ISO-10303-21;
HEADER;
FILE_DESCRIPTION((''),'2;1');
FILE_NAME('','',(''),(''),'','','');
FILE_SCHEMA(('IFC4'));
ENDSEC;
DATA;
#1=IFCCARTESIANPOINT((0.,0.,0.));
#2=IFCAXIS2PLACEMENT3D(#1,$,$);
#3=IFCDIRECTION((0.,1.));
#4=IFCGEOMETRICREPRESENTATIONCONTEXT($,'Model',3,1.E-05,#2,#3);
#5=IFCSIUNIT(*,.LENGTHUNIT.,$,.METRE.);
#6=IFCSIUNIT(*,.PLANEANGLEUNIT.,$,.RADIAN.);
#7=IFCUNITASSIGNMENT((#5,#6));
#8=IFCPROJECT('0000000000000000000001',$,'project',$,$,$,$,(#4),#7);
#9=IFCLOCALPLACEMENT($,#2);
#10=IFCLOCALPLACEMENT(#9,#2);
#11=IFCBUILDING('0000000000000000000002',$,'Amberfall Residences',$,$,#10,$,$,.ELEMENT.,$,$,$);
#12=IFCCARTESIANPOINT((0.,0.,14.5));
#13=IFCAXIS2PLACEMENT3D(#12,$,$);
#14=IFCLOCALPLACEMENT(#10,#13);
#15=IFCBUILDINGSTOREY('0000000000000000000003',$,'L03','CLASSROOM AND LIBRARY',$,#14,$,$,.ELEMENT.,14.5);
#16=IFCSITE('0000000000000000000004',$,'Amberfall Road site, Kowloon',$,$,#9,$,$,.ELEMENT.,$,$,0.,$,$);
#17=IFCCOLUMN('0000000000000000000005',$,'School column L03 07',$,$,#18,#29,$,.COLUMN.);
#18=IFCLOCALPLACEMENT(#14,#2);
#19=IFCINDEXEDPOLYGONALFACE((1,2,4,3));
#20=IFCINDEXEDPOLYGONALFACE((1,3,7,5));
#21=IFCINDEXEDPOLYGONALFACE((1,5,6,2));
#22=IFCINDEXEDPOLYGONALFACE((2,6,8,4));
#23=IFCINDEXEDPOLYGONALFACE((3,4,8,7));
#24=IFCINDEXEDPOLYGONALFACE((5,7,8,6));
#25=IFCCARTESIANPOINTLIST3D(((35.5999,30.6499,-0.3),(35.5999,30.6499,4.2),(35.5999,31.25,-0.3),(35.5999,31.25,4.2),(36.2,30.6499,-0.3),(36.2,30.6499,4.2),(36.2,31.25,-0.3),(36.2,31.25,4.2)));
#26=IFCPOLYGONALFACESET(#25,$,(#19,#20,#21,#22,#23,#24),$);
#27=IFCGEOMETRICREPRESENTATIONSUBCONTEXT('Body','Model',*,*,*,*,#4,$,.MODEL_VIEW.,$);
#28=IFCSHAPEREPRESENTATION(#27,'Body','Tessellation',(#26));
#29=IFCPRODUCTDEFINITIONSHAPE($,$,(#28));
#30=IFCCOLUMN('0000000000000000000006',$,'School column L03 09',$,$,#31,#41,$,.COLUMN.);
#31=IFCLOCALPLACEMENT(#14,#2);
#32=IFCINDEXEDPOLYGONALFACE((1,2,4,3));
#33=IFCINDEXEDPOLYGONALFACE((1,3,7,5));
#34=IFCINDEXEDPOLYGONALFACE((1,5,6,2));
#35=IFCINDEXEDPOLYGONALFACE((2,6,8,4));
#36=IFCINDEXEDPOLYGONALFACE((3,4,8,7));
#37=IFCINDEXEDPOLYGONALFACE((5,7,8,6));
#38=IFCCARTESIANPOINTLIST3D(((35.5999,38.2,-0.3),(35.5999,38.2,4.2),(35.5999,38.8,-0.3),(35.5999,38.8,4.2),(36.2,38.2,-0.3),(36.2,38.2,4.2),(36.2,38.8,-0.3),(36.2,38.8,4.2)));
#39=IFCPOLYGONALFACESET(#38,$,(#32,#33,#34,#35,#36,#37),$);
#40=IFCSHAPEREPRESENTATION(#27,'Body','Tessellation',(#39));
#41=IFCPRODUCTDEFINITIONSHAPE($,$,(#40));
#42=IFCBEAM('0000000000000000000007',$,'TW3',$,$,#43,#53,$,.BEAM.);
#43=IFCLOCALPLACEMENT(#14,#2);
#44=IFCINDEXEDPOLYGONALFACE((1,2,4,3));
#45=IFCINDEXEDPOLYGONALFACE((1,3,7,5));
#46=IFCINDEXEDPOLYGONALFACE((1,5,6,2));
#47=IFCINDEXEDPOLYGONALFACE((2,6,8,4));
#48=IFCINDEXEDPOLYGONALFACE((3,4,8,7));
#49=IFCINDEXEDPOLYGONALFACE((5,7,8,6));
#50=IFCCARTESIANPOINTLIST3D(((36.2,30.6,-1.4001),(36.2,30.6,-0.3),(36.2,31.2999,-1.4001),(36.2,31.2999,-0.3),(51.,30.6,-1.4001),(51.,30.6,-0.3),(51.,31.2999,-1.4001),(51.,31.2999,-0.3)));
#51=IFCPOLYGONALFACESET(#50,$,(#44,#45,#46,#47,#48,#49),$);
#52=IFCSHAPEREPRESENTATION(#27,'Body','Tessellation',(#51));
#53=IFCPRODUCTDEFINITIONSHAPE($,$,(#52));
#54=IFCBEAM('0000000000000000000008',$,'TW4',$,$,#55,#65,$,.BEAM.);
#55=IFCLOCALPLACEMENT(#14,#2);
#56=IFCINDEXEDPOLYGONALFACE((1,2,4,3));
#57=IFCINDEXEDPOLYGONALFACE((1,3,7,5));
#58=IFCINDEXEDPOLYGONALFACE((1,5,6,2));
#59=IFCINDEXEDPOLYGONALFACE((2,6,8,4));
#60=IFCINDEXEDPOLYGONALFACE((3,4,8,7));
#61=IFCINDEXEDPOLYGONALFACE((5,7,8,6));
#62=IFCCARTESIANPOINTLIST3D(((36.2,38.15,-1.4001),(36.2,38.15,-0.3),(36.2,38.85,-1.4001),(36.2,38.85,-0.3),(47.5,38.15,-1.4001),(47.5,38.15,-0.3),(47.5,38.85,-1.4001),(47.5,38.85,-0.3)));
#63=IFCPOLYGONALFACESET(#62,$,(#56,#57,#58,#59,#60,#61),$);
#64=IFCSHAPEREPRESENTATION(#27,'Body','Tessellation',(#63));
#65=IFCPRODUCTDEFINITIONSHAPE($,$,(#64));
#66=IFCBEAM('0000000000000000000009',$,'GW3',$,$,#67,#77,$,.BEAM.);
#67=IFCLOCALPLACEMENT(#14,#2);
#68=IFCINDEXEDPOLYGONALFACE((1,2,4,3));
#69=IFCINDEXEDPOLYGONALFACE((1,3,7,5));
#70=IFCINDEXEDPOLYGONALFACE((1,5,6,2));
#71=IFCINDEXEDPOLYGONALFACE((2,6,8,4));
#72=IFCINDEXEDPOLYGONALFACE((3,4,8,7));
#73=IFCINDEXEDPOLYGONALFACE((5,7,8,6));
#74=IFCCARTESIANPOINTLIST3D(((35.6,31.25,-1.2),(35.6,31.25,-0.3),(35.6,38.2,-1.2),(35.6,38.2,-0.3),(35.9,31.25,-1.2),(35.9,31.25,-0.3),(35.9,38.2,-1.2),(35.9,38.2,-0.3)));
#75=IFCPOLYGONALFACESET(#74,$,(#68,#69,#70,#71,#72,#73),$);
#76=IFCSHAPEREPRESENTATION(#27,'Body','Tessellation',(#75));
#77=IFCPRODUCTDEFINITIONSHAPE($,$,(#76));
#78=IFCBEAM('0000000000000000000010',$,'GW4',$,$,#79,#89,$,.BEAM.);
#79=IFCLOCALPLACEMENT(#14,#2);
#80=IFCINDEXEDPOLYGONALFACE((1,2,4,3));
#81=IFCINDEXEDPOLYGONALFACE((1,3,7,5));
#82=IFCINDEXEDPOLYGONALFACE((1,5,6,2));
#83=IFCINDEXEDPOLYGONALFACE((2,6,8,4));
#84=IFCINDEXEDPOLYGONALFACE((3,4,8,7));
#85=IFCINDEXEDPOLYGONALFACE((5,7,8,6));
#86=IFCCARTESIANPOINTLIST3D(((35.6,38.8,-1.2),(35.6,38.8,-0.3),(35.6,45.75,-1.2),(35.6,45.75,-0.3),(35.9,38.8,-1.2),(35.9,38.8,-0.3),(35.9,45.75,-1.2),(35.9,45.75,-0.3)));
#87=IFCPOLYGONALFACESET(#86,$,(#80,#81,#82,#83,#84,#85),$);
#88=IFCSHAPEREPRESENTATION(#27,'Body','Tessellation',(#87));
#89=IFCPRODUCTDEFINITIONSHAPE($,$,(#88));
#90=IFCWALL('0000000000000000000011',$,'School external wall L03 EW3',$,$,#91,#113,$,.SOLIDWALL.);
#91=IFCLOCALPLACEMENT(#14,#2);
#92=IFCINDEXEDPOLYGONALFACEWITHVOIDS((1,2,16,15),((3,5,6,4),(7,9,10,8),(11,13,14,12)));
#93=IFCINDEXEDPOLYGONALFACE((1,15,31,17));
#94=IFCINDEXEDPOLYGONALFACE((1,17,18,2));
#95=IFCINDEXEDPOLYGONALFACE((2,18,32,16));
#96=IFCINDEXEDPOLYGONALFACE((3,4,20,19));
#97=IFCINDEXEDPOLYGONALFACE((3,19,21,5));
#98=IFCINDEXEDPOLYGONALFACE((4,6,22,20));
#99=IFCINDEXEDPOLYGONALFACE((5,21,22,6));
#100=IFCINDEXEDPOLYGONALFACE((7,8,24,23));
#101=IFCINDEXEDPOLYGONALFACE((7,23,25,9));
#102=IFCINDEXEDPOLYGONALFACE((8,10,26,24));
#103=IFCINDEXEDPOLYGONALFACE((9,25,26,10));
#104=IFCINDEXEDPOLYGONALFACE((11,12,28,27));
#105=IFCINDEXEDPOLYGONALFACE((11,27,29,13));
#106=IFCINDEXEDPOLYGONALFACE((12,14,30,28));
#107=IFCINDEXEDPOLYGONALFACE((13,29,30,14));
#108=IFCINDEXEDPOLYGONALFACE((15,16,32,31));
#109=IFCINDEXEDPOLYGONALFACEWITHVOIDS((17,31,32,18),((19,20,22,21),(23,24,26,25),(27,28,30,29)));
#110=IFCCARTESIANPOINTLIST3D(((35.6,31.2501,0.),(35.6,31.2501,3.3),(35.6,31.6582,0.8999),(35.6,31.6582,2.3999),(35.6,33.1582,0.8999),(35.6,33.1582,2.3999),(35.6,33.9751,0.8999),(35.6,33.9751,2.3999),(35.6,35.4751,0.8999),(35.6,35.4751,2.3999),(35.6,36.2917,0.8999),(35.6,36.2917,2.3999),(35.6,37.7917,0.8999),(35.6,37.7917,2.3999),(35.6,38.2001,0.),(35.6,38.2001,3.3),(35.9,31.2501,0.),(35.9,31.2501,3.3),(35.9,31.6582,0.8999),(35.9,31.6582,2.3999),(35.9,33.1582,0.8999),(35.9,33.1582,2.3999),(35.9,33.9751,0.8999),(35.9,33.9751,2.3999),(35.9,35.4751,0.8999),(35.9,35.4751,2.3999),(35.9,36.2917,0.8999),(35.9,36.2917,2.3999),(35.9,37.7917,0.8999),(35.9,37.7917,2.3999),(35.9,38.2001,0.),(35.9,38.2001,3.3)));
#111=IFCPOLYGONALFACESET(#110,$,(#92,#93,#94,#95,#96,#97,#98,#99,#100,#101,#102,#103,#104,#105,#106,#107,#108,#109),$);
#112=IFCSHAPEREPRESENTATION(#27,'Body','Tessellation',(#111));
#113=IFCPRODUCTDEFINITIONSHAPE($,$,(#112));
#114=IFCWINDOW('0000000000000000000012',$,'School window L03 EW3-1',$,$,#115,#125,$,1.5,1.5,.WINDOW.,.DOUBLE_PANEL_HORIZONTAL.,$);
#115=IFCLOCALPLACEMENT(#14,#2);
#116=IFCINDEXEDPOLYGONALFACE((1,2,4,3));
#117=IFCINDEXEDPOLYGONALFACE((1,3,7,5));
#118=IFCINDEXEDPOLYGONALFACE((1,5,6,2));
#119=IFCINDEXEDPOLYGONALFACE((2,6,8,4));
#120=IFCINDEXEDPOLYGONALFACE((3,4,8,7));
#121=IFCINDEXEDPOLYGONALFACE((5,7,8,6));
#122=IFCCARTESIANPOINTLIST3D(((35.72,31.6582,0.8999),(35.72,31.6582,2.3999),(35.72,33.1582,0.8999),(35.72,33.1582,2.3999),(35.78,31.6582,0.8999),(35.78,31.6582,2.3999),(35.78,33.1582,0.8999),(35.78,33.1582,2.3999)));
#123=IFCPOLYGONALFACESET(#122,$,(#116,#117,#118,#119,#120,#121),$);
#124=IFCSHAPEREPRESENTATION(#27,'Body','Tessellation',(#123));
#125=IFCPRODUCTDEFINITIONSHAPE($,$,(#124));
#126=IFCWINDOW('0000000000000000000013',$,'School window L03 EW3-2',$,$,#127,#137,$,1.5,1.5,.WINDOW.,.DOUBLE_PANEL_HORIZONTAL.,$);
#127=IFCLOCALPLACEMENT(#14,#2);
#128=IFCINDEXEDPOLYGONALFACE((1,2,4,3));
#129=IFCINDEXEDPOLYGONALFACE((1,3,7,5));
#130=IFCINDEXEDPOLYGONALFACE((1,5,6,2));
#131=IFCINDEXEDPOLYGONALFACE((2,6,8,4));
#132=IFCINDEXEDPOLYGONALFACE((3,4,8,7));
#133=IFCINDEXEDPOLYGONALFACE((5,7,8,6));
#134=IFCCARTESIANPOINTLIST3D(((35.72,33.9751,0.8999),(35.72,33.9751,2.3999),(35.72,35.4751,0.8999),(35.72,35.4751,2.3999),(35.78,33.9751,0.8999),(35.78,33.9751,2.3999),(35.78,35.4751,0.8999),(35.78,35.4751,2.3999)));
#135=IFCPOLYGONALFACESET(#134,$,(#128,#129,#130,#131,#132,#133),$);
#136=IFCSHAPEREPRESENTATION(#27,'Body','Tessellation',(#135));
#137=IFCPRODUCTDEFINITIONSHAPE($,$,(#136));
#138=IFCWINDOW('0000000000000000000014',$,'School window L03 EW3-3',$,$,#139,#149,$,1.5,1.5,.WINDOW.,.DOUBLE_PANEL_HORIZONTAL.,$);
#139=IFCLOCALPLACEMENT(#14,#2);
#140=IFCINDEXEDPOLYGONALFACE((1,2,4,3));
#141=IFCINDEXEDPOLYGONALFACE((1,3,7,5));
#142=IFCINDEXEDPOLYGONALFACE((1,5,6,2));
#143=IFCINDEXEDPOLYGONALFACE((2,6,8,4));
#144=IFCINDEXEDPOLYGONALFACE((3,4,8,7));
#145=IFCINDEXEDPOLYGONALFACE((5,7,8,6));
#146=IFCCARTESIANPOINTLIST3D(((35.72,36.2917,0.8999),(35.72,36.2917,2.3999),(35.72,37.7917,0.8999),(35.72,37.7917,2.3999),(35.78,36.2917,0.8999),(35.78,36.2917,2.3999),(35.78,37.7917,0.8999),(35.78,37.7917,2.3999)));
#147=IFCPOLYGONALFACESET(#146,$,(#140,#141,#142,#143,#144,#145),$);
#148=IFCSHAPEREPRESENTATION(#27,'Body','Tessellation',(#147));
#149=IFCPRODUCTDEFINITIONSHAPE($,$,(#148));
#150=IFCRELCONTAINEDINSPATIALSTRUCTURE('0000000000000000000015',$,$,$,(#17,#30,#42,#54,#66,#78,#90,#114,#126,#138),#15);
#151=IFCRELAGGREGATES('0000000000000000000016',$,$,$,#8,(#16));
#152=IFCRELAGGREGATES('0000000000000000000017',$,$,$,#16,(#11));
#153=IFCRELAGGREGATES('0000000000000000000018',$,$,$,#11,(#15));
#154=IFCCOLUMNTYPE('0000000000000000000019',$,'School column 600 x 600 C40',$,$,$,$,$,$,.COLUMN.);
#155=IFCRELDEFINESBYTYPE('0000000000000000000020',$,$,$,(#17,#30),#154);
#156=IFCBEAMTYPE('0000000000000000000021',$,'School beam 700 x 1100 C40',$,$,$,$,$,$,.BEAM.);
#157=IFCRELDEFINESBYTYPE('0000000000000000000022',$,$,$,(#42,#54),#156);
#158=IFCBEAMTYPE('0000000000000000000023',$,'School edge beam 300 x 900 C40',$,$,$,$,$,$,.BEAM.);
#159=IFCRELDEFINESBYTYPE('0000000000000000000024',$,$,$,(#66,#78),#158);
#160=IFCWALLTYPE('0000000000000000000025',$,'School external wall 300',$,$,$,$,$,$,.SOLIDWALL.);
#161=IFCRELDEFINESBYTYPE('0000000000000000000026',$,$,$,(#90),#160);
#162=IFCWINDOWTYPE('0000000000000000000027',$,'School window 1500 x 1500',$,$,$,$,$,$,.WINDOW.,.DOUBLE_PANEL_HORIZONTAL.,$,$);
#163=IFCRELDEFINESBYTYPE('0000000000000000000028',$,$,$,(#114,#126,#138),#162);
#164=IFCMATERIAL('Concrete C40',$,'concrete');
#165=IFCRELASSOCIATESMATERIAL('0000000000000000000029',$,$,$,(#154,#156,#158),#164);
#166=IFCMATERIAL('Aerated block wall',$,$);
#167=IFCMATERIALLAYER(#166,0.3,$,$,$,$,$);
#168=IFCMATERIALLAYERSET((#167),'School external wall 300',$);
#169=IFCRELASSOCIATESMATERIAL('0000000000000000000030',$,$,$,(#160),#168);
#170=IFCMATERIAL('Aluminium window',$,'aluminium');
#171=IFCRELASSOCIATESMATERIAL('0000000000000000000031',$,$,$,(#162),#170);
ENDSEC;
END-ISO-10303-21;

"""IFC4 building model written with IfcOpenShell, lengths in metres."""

from ifc_helpers import new_model, si_unit, direction, frame, frame_2d, origin, origin_2d, place, context, subcontext, project, spatial, rectangle, extrude, material, layer, layer_set, material_profile, profile_set, type_object, element, fill, save


model = new_model("IFC4")

# Units and contexts
model_context = context("Model", 3, precision=1e-05, world=origin(), true_north=direction((0.0, 1.0)))
body_context = subcontext(model_context, "Body", "Model", "MODEL_VIEW")
ifc_project = project(units=[si_unit("LENGTHUNIT", "METRE"), si_unit("PLANEANGLEUNIT", "RADIAN")], contexts=[model_context])

# Site, building, storey
site_placement = place(None, origin())
site = spatial("IfcSite", under=ifc_project, at=site_placement, Name="Amberfall Road site, Kowloon", CompositionType="ELEMENT", RefElevation=0.0)
building_placement = place(site_placement, origin())
building = spatial("IfcBuilding", under=site, at=building_placement, Name="Amberfall Residences", CompositionType="ELEMENT")
storey_placement = place(building_placement, frame((0.0, 0.0, 14.5)))
storey = spatial("IfcBuildingStorey", under=building, at=storey_placement, Name="L03", Description="CLASSROOM AND LIBRARY", CompositionType="ELEMENT", Elevation=14.5)

# Columns
ifc_material_1 = material(Name="Concrete C40", Category="concrete")
ifc_material_profile_1 = material_profile(ifc_material_1, rectangle(XDim=0.6001, YDim=0.6001, at=origin_2d()), Name="School column 600 x 600 C40")
ifc_profile_set_1 = profile_set([ifc_material_profile_1], Name="Concrete C40")
column_type = type_object("IfcColumnType", Name="School column 600 x 600 C40", PredefinedType="COLUMN", material=ifc_profile_set_1)
for number, where, z_axis, x_axis, name in (
    (1, (35.8999, 30.95, -0.3), (0.0, 0.0, 1.0), (1.0, 0.0, 0.0), "School column L03 07"),
    (2, (35.8999, 38.5, -0.3), (0.0, 0.0, 1.0), (1.0, 0.0, 0.0), "School column L03 09"),
):
    element("IfcColumn", number, at=place(storey_placement, frame(where, z_axis=z_axis, x_axis=x_axis)), inside=storey, type_object=column_type, Name=name, PredefinedType="COLUMN", context=body_context, shape_type="SweptSolid", body=[
        extrude(rectangle(XDim=0.6001, YDim=0.6001, at=origin_2d()), origin(), (0.0, 0.0, 1.0), 4.5),
    ])

# Beams
ifc_material_profile_2 = material_profile(ifc_material_1, rectangle(XDim=0.7, YDim=1.1001, at=origin_2d()), Name="School beam 700 x 1100 C40")
ifc_profile_set_2 = profile_set([ifc_material_profile_2], Name="Concrete C40")
beam_type_1 = type_object("IfcBeamType", Name="School beam 700 x 1100 C40", PredefinedType="BEAM", material=ifc_profile_set_2)
beam_1_placement = place(storey_placement, frame((36.2, 30.95, -0.8501), z_axis=(1.0, 0.0, 0.0), x_axis=(0.0, 1.0, 0.0)))
element("IfcBeam", 3, at=beam_1_placement, inside=storey, type_object=beam_type_1, Name="TW3", PredefinedType="BEAM", context=body_context, shape_type="SweptSolid", body=[
    extrude(rectangle(XDim=0.7, YDim=1.1001, at=origin_2d()), origin(), (0.0, 0.0, 1.0), 14.8),
])
beam_2_placement = place(storey_placement, frame((36.2, 38.5, -0.8501), z_axis=(1.0, 0.0, 0.0), x_axis=(0.0, 1.0, 0.0)))
element("IfcBeam", 4, at=beam_2_placement, inside=storey, type_object=beam_type_1, Name="TW4", PredefinedType="BEAM", context=body_context, shape_type="SweptSolid", body=[
    extrude(rectangle(XDim=0.7, YDim=1.1001, at=origin_2d()), origin(), (0.0, 0.0, 1.0), 11.3),
])
ifc_material_profile_3 = material_profile(ifc_material_1, rectangle(XDim=0.3, YDim=0.8999, at=origin_2d()), Name="School edge beam 300 x 900 C40")
ifc_profile_set_3 = profile_set([ifc_material_profile_3], Name="Concrete C40")
beam_type_2 = type_object("IfcBeamType", Name="School edge beam 300 x 900 C40", PredefinedType="BEAM", material=ifc_profile_set_3)
for number, where, z_axis, x_axis, name in (
    (5, (35.75, 31.25, -0.75), (0.0, 1.0, 0.0), (-1.0, 0.0, 0.0), "GW3"),
    (6, (35.75, 38.8, -0.75), (0.0, 1.0, 0.0), (-1.0, 0.0, 0.0), "GW4"),
):
    element("IfcBeam", number, at=place(storey_placement, frame(where, z_axis=z_axis, x_axis=x_axis)), inside=storey, type_object=beam_type_2, Name=name, PredefinedType="BEAM", context=body_context, shape_type="SweptSolid", body=[
        extrude(rectangle(XDim=0.3, YDim=0.8999, at=origin_2d()), origin(), (0.0, 0.0, 1.0), 6.95),
    ])

# Wall, openings, windows
ifc_material_2 = material(Name="Aerated block wall")
ifc_layer_1 = layer(ifc_material_2, 0.3)
ifc_layer_set_1 = layer_set([ifc_layer_1], Name="School external wall 300")
wall_type_1 = type_object("IfcWallType", Name="School external wall 300", PredefinedType="SOLIDWALL", material=ifc_layer_set_1)
wall_1_placement = place(storey_placement, frame((35.75, 31.25, 0.0), z_axis=(0.0, 0.0, 1.0), x_axis=(0.0, 1.0, 0.0)))
wall_1 = element("IfcWall", 7, at=wall_1_placement, inside=storey, type_object=wall_type_1, Name="School external wall L03 EW3", PredefinedType="SOLIDWALL", context=body_context, shape_type="SweptSolid", body=[
    extrude(rectangle(XDim=6.95, YDim=0.3, at=frame_2d((3.4751, 0.0))), origin(), (0.0, 0.0, 1.0), 3.3),
])
opening_1_placement = place(wall_1_placement, frame((0.4082, 0.0, 0.8999)))
opening_1 = element("IfcOpeningElement", 8, at=opening_1_placement, cuts=wall_1, PredefinedType="OPENING", context=body_context, shape_type="SweptSolid", body=[
    extrude(rectangle(XDim=1.5, YDim=1.5, at=frame_2d((0.75, 0.75))), frame((0.0, 0.1599, 0.0), z_axis=(0.0, -1.0, 0.0), x_axis=(1.0, 0.0, 0.0)), (0.0, 0.0, 1.0), 0.3201),
])
opening_2_placement = place(wall_1_placement, frame((2.7251, 0.0, 0.8999)))
opening_2 = element("IfcOpeningElement", 9, at=opening_2_placement, cuts=wall_1, PredefinedType="OPENING", context=body_context, shape_type="SweptSolid", body=[
    extrude(rectangle(XDim=1.5, YDim=1.5, at=frame_2d((0.75, 0.75))), frame((0.0, 0.1599, 0.0), z_axis=(0.0, -1.0, 0.0), x_axis=(1.0, 0.0, 0.0)), (0.0, 0.0, 1.0), 0.3201),
])
opening_3_placement = place(wall_1_placement, frame((5.0417, 0.0, 0.8999)))
opening_3 = element("IfcOpeningElement", 10, at=opening_3_placement, cuts=wall_1, PredefinedType="OPENING", context=body_context, shape_type="SweptSolid", body=[
    extrude(rectangle(XDim=1.5, YDim=1.5, at=frame_2d((0.75, 0.75))), frame((0.0, 0.1599, 0.0), z_axis=(0.0, -1.0, 0.0), x_axis=(1.0, 0.0, 0.0)), (0.0, 0.0, 1.0), 0.3201),
])
ifc_material_3 = material(Name="Aluminium window", Category="aluminium")
window_type = type_object("IfcWindowType", Name="School window 1500 x 1500", PartitioningType="DOUBLE_PANEL_HORIZONTAL", PredefinedType="WINDOW", material=ifc_material_3)
window_1_placement = place(opening_1_placement, origin())
window_1 = element("IfcWindow", 11, at=window_1_placement, inside=storey, type_object=window_type, Name="School window L03 EW3-1", OverallHeight=1.5, OverallWidth=1.5, PartitioningType="DOUBLE_PANEL_HORIZONTAL", PredefinedType="WINDOW", context=body_context, shape_type="SweptSolid", body=[
    extrude(rectangle(XDim=1.5, YDim=1.5, at=frame_2d((0.75, 0.75))), frame((0.0, 0.03, 0.0), z_axis=(0.0, -1.0, 0.0), x_axis=(1.0, 0.0, 0.0)), (0.0, 0.0, 1.0), 0.0601),
])
fill(opening_1, window_1)
window_2_placement = place(opening_2_placement, origin())
window_2 = element("IfcWindow", 12, at=window_2_placement, inside=storey, type_object=window_type, Name="School window L03 EW3-2", OverallHeight=1.5, OverallWidth=1.5, PartitioningType="DOUBLE_PANEL_HORIZONTAL", PredefinedType="WINDOW", context=body_context, shape_type="SweptSolid", body=[
    extrude(rectangle(XDim=1.5, YDim=1.5, at=frame_2d((0.75, 0.75))), frame((0.0, 0.03, 0.0), z_axis=(0.0, -1.0, 0.0), x_axis=(1.0, 0.0, 0.0)), (0.0, 0.0, 1.0), 0.0601),
])
fill(opening_2, window_2)
window_3_placement = place(opening_3_placement, origin())
window_3 = element("IfcWindow", 13, at=window_3_placement, inside=storey, type_object=window_type, Name="School window L03 EW3-3", OverallHeight=1.5, OverallWidth=1.5, PartitioningType="DOUBLE_PANEL_HORIZONTAL", PredefinedType="WINDOW", context=body_context, shape_type="SweptSolid", body=[
    extrude(rectangle(XDim=1.5, YDim=1.5, at=frame_2d((0.75, 0.75))), frame((0.0, 0.03, 0.0), z_axis=(0.0, -1.0, 0.0), x_axis=(1.0, 0.0, 0.0)), (0.0, 0.0, 1.0), 0.0601),
])
fill(opening_3, window_3)

save(model, "model.ifc")
